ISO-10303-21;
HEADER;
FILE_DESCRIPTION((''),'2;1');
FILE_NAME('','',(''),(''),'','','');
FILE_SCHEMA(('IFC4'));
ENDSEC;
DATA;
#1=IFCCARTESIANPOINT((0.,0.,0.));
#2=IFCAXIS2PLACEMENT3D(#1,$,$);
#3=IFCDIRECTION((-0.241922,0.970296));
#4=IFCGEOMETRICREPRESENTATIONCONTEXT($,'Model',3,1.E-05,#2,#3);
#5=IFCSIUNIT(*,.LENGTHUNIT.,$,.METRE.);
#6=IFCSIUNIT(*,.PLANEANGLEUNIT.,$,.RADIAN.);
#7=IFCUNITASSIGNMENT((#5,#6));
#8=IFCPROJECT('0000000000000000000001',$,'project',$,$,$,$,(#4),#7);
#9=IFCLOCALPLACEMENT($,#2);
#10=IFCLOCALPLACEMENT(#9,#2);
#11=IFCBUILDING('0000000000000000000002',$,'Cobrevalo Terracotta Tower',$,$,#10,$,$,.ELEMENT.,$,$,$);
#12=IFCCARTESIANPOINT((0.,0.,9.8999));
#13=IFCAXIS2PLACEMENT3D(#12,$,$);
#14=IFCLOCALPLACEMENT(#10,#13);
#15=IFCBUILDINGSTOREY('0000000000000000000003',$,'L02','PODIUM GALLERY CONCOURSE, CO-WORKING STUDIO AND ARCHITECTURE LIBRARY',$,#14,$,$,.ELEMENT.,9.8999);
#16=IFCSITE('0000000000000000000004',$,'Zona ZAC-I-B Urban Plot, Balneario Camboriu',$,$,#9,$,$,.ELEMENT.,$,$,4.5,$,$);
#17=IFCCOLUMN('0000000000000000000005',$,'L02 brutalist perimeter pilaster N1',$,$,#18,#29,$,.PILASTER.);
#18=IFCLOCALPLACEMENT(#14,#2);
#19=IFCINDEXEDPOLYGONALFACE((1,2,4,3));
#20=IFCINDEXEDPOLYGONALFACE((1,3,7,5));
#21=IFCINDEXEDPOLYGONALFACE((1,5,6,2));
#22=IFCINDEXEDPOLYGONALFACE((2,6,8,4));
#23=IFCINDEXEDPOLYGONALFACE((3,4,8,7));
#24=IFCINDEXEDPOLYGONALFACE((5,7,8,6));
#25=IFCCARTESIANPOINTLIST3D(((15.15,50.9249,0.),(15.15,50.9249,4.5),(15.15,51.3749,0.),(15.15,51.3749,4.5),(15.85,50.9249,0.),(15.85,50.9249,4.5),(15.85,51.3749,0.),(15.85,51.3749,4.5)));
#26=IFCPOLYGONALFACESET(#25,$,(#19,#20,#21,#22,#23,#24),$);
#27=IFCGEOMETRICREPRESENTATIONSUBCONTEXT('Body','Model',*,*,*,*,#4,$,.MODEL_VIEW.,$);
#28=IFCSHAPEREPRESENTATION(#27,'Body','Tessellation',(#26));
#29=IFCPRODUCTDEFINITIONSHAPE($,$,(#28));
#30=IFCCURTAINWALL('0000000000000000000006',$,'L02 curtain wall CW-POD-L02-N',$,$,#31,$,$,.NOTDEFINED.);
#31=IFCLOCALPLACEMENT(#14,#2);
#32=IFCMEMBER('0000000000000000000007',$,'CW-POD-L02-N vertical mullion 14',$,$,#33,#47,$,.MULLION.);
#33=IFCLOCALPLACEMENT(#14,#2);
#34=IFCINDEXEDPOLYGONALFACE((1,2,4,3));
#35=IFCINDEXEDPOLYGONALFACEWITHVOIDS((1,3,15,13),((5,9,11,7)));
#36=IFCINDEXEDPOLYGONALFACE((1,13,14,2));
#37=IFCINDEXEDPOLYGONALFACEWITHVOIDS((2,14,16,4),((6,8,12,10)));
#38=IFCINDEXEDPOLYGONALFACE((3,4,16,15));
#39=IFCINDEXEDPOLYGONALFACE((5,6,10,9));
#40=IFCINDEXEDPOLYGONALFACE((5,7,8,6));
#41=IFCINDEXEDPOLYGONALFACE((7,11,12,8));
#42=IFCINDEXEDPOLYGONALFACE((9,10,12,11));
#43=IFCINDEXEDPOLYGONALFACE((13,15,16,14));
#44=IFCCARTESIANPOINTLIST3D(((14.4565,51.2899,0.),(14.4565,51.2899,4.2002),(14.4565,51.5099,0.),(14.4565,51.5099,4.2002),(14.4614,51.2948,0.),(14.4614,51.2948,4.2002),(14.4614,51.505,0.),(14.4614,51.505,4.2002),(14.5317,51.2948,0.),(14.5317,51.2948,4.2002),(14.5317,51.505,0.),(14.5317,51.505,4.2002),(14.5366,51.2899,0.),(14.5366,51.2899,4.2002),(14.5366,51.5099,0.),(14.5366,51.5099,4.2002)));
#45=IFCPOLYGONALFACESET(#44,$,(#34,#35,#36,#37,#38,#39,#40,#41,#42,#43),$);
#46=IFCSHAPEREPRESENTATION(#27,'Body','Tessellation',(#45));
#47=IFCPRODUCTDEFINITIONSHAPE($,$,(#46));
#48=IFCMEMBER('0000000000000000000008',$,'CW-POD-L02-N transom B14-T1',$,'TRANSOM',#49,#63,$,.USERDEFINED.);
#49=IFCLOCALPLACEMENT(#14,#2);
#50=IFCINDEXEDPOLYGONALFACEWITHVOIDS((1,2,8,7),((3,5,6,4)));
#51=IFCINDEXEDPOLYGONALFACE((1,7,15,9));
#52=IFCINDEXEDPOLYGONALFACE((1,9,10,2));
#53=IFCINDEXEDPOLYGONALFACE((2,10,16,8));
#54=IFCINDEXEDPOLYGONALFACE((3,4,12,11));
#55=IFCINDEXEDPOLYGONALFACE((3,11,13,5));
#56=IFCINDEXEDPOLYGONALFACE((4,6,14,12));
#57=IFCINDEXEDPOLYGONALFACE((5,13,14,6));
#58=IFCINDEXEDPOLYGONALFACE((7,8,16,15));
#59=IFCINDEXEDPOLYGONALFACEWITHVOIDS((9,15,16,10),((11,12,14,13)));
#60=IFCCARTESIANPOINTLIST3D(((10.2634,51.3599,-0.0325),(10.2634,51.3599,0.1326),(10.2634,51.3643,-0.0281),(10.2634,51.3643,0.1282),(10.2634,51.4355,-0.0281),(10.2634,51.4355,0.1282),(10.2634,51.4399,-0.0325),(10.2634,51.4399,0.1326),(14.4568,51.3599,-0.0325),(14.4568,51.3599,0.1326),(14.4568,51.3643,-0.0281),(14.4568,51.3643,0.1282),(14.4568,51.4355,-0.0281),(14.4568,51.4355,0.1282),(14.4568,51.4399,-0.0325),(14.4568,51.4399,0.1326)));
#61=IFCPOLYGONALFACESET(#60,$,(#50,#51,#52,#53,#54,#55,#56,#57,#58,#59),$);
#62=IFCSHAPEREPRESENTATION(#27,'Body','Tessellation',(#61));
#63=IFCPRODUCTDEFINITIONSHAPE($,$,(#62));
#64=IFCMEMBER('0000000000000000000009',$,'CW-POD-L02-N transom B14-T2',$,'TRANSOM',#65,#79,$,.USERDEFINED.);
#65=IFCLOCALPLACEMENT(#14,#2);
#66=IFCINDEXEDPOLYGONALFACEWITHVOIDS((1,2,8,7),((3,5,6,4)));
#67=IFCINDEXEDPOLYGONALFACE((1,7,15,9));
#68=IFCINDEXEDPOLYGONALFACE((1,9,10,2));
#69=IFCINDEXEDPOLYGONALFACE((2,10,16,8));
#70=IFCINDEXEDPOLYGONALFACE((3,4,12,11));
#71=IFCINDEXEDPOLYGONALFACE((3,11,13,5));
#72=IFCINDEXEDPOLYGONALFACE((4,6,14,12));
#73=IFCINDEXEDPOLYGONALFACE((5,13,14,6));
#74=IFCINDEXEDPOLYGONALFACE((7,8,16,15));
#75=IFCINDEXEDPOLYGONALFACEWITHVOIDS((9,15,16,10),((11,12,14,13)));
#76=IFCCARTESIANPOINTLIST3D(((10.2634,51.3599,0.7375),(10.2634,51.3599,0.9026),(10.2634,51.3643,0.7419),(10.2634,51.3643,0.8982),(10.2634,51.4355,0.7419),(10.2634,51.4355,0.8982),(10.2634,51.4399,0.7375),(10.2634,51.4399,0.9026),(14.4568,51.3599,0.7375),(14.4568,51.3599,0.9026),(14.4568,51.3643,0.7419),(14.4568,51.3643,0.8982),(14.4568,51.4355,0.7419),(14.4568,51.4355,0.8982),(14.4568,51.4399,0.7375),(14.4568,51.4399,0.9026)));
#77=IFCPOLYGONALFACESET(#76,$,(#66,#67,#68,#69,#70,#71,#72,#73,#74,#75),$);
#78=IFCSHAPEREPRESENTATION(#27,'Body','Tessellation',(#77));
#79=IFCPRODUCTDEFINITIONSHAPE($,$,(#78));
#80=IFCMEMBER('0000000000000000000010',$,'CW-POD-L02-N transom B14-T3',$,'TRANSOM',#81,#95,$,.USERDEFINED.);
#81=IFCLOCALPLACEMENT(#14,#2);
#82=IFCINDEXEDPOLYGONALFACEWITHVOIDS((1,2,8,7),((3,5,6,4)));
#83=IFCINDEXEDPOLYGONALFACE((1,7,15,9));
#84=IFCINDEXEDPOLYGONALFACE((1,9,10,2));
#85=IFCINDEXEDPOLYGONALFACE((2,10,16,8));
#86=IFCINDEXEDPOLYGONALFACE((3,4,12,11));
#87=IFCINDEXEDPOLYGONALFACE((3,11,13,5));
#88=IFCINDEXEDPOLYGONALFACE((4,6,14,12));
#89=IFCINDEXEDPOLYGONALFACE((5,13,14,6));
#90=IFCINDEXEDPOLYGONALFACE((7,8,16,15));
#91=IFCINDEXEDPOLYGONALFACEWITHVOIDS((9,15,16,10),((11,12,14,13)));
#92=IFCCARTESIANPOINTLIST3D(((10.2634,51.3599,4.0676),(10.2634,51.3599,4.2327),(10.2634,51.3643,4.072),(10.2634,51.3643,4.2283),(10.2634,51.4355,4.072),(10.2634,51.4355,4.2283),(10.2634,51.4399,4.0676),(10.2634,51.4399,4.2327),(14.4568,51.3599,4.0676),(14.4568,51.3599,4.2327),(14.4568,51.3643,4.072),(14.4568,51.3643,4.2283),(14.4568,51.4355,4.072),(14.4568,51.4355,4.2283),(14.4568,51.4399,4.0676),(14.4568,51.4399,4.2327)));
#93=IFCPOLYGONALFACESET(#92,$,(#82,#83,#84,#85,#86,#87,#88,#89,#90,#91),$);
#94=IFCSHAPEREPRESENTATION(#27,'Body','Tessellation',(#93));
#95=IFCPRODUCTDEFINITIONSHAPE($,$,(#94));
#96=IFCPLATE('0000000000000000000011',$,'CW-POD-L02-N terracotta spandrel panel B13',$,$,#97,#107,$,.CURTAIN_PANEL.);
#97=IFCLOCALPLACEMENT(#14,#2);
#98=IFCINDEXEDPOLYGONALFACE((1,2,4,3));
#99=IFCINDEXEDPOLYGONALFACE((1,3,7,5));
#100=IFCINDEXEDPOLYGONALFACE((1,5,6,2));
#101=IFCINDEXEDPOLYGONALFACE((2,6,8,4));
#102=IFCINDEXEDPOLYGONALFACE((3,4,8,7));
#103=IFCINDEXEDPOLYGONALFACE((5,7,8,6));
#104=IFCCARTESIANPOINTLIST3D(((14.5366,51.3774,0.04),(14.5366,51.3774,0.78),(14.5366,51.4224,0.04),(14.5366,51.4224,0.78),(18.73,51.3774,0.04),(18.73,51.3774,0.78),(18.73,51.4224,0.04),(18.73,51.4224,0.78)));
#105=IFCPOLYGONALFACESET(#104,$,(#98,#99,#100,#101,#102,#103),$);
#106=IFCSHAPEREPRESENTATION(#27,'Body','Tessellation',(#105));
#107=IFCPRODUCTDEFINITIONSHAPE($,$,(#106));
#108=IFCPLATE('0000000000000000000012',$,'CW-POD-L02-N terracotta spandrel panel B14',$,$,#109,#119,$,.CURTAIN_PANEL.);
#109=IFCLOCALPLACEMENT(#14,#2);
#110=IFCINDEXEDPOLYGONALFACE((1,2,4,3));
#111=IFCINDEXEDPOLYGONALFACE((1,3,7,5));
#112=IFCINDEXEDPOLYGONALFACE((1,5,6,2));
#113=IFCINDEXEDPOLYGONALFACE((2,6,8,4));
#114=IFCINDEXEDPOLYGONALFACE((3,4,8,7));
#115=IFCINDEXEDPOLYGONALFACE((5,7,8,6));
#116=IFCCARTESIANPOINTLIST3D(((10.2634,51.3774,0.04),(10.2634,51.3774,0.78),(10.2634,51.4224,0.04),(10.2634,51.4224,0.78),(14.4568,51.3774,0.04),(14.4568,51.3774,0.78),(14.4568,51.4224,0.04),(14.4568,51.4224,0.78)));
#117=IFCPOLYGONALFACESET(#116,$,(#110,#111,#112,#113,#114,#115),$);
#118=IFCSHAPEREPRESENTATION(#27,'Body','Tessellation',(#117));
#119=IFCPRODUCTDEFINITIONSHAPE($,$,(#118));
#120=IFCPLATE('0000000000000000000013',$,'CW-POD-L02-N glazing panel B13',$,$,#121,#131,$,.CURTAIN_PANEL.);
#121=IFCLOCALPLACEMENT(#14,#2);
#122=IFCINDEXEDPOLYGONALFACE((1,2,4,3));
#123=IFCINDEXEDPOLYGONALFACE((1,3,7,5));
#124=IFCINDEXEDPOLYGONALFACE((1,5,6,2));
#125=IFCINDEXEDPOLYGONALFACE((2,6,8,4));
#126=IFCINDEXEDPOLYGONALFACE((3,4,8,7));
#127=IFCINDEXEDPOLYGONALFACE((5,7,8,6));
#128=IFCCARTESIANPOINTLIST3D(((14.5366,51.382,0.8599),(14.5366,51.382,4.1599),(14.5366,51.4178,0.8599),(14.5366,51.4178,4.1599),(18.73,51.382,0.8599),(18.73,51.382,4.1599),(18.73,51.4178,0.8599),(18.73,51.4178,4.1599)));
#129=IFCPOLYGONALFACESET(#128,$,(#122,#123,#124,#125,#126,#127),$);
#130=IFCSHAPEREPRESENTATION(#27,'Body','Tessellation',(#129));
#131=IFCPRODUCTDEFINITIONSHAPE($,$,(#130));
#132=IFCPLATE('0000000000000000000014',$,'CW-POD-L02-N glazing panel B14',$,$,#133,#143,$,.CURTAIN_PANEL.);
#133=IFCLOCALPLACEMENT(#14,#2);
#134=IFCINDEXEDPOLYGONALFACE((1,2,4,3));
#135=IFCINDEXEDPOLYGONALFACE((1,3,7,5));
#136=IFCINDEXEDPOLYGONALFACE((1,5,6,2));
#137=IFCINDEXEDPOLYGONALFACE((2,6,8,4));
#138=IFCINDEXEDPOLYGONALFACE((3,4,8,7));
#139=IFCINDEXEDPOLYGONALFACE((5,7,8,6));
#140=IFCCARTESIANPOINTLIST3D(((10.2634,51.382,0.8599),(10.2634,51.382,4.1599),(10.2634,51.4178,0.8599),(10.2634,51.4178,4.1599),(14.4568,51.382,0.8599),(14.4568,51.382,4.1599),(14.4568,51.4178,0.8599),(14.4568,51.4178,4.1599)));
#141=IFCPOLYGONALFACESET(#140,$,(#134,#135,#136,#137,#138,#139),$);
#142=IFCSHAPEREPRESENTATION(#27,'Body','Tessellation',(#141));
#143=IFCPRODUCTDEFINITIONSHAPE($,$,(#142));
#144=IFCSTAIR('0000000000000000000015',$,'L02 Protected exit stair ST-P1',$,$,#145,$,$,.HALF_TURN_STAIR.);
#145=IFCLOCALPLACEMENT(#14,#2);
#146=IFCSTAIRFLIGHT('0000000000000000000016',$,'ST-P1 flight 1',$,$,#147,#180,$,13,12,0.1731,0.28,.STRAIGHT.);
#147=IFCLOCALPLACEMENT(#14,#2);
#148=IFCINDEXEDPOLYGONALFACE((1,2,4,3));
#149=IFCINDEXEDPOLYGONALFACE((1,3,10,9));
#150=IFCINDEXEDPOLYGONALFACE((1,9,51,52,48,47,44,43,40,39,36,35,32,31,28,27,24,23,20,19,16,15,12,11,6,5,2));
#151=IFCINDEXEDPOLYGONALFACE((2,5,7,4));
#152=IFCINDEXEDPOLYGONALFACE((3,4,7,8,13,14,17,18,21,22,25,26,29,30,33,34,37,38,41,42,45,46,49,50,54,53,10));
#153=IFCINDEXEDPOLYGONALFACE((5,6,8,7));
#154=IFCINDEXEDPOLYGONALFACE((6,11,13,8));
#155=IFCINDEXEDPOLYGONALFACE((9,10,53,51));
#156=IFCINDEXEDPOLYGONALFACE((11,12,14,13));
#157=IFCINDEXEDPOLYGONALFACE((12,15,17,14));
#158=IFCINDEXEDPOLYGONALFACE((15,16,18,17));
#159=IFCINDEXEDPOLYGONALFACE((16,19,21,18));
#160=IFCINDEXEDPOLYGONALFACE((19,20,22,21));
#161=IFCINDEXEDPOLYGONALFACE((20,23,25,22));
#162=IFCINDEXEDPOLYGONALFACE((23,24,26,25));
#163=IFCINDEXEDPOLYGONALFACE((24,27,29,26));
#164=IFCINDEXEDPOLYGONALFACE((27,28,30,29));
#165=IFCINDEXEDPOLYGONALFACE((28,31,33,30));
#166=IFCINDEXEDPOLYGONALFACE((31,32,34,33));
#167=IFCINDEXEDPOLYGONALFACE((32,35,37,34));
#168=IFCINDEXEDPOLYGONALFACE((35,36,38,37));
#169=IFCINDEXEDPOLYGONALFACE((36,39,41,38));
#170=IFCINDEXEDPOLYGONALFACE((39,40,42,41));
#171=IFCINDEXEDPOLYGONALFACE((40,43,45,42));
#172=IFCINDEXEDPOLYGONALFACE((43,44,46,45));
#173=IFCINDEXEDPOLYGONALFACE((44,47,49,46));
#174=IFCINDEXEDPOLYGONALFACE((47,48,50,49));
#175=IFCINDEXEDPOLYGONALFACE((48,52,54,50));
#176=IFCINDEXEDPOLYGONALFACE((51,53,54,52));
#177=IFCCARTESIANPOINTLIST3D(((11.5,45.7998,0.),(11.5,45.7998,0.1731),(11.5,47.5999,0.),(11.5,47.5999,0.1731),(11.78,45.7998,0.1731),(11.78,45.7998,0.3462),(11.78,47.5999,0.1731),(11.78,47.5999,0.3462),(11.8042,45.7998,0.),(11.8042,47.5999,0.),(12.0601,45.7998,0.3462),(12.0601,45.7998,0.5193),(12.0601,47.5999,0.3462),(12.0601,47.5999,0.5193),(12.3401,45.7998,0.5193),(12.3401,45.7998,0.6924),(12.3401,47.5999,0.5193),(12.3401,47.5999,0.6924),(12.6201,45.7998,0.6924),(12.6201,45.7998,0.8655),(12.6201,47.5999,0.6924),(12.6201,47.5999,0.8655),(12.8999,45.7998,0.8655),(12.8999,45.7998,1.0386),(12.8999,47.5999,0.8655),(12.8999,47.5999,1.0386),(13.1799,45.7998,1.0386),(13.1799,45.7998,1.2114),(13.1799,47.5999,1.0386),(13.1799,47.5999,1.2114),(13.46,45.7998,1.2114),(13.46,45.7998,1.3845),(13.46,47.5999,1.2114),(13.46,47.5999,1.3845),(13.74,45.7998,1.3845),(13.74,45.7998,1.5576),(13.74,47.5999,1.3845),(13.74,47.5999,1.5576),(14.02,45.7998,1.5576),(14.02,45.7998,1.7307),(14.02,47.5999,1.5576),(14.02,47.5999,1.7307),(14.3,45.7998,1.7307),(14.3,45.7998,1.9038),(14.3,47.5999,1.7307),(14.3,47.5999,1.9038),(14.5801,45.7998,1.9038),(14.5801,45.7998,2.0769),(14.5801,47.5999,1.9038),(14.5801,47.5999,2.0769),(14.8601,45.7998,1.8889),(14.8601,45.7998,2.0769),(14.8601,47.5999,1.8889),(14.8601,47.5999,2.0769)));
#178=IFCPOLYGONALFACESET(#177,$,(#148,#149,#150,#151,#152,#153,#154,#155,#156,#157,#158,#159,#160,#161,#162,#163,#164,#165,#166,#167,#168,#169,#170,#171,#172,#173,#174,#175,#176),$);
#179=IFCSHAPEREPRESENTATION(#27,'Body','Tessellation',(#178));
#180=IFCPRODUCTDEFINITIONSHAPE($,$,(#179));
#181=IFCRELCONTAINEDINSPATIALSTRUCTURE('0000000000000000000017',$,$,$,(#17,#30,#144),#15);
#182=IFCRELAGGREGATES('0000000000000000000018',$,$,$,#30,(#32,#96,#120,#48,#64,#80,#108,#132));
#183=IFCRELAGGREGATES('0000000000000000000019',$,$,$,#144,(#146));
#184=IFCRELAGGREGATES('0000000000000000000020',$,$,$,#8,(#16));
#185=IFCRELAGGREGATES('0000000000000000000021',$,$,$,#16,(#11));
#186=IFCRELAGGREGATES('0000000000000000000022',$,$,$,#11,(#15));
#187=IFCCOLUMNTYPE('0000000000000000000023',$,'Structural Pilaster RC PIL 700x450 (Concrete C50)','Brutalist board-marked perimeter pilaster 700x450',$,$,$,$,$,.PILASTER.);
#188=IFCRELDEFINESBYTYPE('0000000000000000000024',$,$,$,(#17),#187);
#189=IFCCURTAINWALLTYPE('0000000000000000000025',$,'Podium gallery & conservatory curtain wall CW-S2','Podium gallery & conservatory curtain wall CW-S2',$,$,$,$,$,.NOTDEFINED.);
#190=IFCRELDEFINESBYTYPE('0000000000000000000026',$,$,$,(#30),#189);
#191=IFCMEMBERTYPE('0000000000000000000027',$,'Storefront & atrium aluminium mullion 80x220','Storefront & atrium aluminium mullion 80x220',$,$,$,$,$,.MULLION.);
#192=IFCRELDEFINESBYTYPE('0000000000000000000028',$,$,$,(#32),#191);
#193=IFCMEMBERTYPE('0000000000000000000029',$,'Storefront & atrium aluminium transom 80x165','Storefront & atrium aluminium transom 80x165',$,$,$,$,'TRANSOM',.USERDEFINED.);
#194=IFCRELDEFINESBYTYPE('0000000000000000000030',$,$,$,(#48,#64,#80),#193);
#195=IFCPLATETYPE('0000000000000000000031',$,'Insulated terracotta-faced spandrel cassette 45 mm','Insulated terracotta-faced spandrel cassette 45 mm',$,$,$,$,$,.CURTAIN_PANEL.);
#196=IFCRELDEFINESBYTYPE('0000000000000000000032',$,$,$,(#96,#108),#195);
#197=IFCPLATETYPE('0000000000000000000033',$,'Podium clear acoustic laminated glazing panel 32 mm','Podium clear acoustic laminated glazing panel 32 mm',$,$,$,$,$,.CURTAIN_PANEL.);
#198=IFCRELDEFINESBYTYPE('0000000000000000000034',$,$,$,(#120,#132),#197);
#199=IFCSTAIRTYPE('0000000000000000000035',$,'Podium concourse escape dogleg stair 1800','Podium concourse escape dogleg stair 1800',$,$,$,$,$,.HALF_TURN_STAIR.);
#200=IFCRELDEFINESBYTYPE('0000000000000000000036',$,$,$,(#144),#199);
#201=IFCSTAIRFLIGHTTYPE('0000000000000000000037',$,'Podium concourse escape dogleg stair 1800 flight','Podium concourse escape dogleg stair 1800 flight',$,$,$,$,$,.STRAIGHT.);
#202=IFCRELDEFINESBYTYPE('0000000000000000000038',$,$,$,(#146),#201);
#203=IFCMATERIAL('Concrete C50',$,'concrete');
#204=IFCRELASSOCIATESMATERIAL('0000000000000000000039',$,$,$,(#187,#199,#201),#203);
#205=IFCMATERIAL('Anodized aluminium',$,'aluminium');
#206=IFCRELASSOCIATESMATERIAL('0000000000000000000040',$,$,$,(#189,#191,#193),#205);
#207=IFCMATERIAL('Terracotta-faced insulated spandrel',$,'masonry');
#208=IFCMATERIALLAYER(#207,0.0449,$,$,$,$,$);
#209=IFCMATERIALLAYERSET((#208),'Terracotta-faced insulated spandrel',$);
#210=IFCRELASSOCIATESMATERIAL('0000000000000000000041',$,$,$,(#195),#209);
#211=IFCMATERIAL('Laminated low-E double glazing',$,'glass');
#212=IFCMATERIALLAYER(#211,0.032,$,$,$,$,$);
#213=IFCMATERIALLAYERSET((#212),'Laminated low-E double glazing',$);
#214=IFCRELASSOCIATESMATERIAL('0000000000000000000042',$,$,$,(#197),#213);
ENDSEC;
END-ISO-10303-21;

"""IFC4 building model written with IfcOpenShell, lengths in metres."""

from ifc_helpers import new_model, si_unit, direction, frame, origin, origin_2d, place, context, subcontext, project, spatial, polyline, rectangle, hollow_rectangle, outline, extrude, source, transform, mapped, material, layer, layer_set, material_profile, profile_set, type_object, element, aggregate, save


model = new_model("IFC4")

# Units and contexts
model_context = context("Model", 3, precision=1e-05, world=origin(), true_north=direction((-0.241922, 0.970296)))
body_context = subcontext(model_context, "Body", "Model", "MODEL_VIEW")
ifc_project = project(units=[si_unit("LENGTHUNIT", "METRE"), si_unit("PLANEANGLEUNIT", "RADIAN")], contexts=[model_context])

# Site, building, storey
site_placement = place(None, origin())
site = spatial("IfcSite", under=ifc_project, at=site_placement, Name="Zona ZAC-I-B Urban Plot, Balneario Camboriu", CompositionType="ELEMENT", RefElevation=4.5)
building_placement = place(site_placement, origin())
building = spatial("IfcBuilding", under=site, at=building_placement, Name="Cobrevalo Terracotta Tower", CompositionType="ELEMENT")
storey_placement = place(building_placement, frame((0.0, 0.0, 9.8999)))
storey = spatial("IfcBuildingStorey", under=building, at=storey_placement, Name="L02", Description="PODIUM GALLERY CONCOURSE, CO-WORKING STUDIO AND ARCHITECTURE LIBRARY", CompositionType="ELEMENT", Elevation=9.8999)

# Column
ifc_material_1 = material(Name="Concrete C50", Category="concrete")
ifc_material_profile_1 = material_profile(ifc_material_1, rectangle(XDim=0.7, YDim=0.45, at=origin_2d()), Name="RC PIL 700x450")
ifc_profile_set_1 = profile_set([ifc_material_profile_1], Name="Concrete C50")
column_type = type_object("IfcColumnType", Name="Structural Pilaster RC PIL 700x450 (Concrete C50)", Description="Brutalist board-marked perimeter pilaster 700x450", PredefinedType="PILASTER", material=ifc_profile_set_1)
column_placement = place(storey_placement, frame((15.5, 51.1499, 0.0), z_axis=(0.0, 0.0, 1.0), x_axis=(1.0, 0.0, 0.0)))
element("IfcColumn", 1, at=column_placement, inside=storey, type_object=column_type, Name="L02 brutalist perimeter pilaster N1", PredefinedType="PILASTER", context=body_context, shape_type="SweptSolid", body=[
    extrude(rectangle(XDim=0.7, YDim=0.45, at=origin_2d()), origin(), (0.0, 0.0, 1.0), 4.5),
])

# Curtain wall, members, plates
ifc_material_2 = material(Name="Anodized aluminium", Category="aluminium")
curtain_wall_type = type_object("IfcCurtainWallType", Name="Podium gallery & conservatory curtain wall CW-S2", Description="Podium gallery & conservatory curtain wall CW-S2", PredefinedType="NOTDEFINED", material=ifc_material_2)
curtain_wall_placement = place(storey_placement, origin())
curtain_wall = element("IfcCurtainWall", 2, at=curtain_wall_placement, inside=storey, type_object=curtain_wall_type, Name="L02 curtain wall CW-POD-L02-N", PredefinedType="NOTDEFINED")
ifc_material_profile_2 = material_profile(ifc_material_2, hollow_rectangle(XDim=0.0801, YDim=0.22, WallThickness=0.0049, at=origin_2d()), Name="CWM 80x220")
ifc_profile_set_2 = profile_set([ifc_material_profile_2], Name="Anodized aluminium")
member_type_1 = type_object("IfcMemberType", Name="Storefront & atrium aluminium mullion 80x220", Description="Storefront & atrium aluminium mullion 80x220", PredefinedType="MULLION", material=ifc_profile_set_2)
shared_shape_1 = source(origin(), body_context, "Body", "SweptSolid", [
    extrude(hollow_rectangle(XDim=0.0801, YDim=0.22, WallThickness=0.0049, at=origin_2d()), origin(), (0.0, 0.0, 1.0), 4.2002),
])
member_1_placement = place(storey_placement, frame((14.4966, 51.3999, 0.0), z_axis=(0.0, 0.0, 1.0), x_axis=(-1.0, 0.0, 0.0)))
member_1 = element("IfcMember", 3, at=member_1_placement, type_object=member_type_1, Name="CW-POD-L02-N vertical mullion 14", PredefinedType="MULLION", context=body_context, shape_type="MappedRepresentation", body=[
    mapped(shared_shape_1, transform((0.0, 0.0, 0.0), scale=1.0)),
])
ifc_material_profile_3 = material_profile(ifc_material_2, hollow_rectangle(XDim=0.0801, YDim=0.165, WallThickness=0.0044, at=origin_2d()), Name="CWT 80x165")
ifc_profile_set_3 = profile_set([ifc_material_profile_3], Name="Anodized aluminium")
member_type_2 = type_object("IfcMemberType", Name="Storefront & atrium aluminium transom 80x165", Description="Storefront & atrium aluminium transom 80x165", ElementType="TRANSOM", PredefinedType="USERDEFINED", material=ifc_profile_set_3)
shared_shape_2 = source(origin(), body_context, "Body", "SweptSolid", [
    extrude(hollow_rectangle(XDim=0.0801, YDim=0.165, WallThickness=0.0044, at=origin_2d()), origin(), (0.0, 0.0, 1.0), 4.1934),
])
member_2_placement = place(storey_placement, frame((14.4568, 51.3999, 0.05), z_axis=(-1.0, 0.0, 0.0), x_axis=(0.0, -1.0, 0.0)))
member_2 = element("IfcMember", 4, at=member_2_placement, type_object=member_type_2, Name="CW-POD-L02-N transom B14-T1", ObjectType="TRANSOM", PredefinedType="USERDEFINED", context=body_context, shape_type="MappedRepresentation", body=[
    mapped(shared_shape_2, transform((0.0, 0.0, 0.0), scale=1.0)),
])
member_3_placement = place(storey_placement, frame((14.4568, 51.3999, 0.8201), z_axis=(-1.0, 0.0, 0.0), x_axis=(0.0, -1.0, 0.0)))
member_3 = element("IfcMember", 5, at=member_3_placement, type_object=member_type_2, Name="CW-POD-L02-N transom B14-T2", ObjectType="TRANSOM", PredefinedType="USERDEFINED", context=body_context, shape_type="MappedRepresentation", body=[
    mapped(shared_shape_2, transform((0.0, 0.0, 0.0), scale=1.0)),
])
member_4_placement = place(storey_placement, frame((14.4568, 51.3999, 4.1501), z_axis=(-1.0, 0.0, 0.0), x_axis=(0.0, -1.0, 0.0)))
member_4 = element("IfcMember", 6, at=member_4_placement, type_object=member_type_2, Name="CW-POD-L02-N transom B14-T3", ObjectType="TRANSOM", PredefinedType="USERDEFINED", context=body_context, shape_type="MappedRepresentation", body=[
    mapped(shared_shape_2, transform((0.0, 0.0, 0.0), scale=1.0)),
])
ifc_material_3 = material(Name="Terracotta-faced insulated spandrel", Category="masonry")
ifc_layer_1 = layer(ifc_material_3, 0.0449)
ifc_layer_set_1 = layer_set([ifc_layer_1], Name="Terracotta-faced insulated spandrel")
plate_type_1 = type_object("IfcPlateType", Name="Insulated terracotta-faced spandrel cassette 45 mm", Description="Insulated terracotta-faced spandrel cassette 45 mm", PredefinedType="CURTAIN_PANEL", material=ifc_layer_set_1)
shared_shape_3 = source(origin(), body_context, "Body", "SweptSolid", [
    extrude(rectangle(XDim=4.1934, YDim=0.0449, at=origin_2d()), origin(), (0.0, 0.0, 1.0), 0.74),
])
plate_1_placement = place(storey_placement, frame((16.6333, 51.3999, 0.04), z_axis=(0.0, 0.0, 1.0), x_axis=(-1.0, 0.0, 0.0)))
plate_1 = element("IfcPlate", 7, at=plate_1_placement, type_object=plate_type_1, Name="CW-POD-L02-N terracotta spandrel panel B13", PredefinedType="CURTAIN_PANEL", context=body_context, shape_type="MappedRepresentation", body=[
    mapped(shared_shape_3, transform((0.0, 0.0, 0.0), scale=1.0)),
])
plate_2_placement = place(storey_placement, frame((12.3601, 51.3999, 0.04), z_axis=(0.0, 0.0, 1.0), x_axis=(-1.0, 0.0, 0.0)))
plate_2 = element("IfcPlate", 8, at=plate_2_placement, type_object=plate_type_1, Name="CW-POD-L02-N terracotta spandrel panel B14", PredefinedType="CURTAIN_PANEL", context=body_context, shape_type="MappedRepresentation", body=[
    mapped(shared_shape_3, transform((0.0, 0.0, 0.0), scale=1.0)),
])
ifc_material_4 = material(Name="Laminated low-E double glazing", Category="glass")
ifc_layer_2 = layer(ifc_material_4, 0.032)
ifc_layer_set_2 = layer_set([ifc_layer_2], Name="Laminated low-E double glazing")
plate_type_2 = type_object("IfcPlateType", Name="Podium clear acoustic laminated glazing panel 32 mm", Description="Podium clear acoustic laminated glazing panel 32 mm", PredefinedType="CURTAIN_PANEL", material=ifc_layer_set_2)
shared_shape_4 = source(origin(), body_context, "Body", "SweptSolid", [
    extrude(rectangle(XDim=4.1934, YDim=0.0359, at=origin_2d()), origin(), (0.0, 0.0, 1.0), 3.3),
])
plate_3_placement = place(storey_placement, frame((16.6333, 51.3999, 0.8599), z_axis=(0.0, 0.0, 1.0), x_axis=(-1.0, 0.0, 0.0)))
plate_3 = element("IfcPlate", 9, at=plate_3_placement, type_object=plate_type_2, Name="CW-POD-L02-N glazing panel B13", PredefinedType="CURTAIN_PANEL", context=body_context, shape_type="MappedRepresentation", body=[
    mapped(shared_shape_4, transform((0.0, 0.0, 0.0), scale=1.0)),
])
plate_4_placement = place(storey_placement, frame((12.3601, 51.3999, 0.8599), z_axis=(0.0, 0.0, 1.0), x_axis=(-1.0, 0.0, 0.0)))
plate_4 = element("IfcPlate", 10, at=plate_4_placement, type_object=plate_type_2, Name="CW-POD-L02-N glazing panel B14", PredefinedType="CURTAIN_PANEL", context=body_context, shape_type="MappedRepresentation", body=[
    mapped(shared_shape_4, transform((0.0, 0.0, 0.0), scale=1.0)),
])
aggregate(curtain_wall, [member_1, plate_1, plate_3, member_2, member_3, member_4, plate_2, plate_4])

# Stair, stair flight
stair_type = type_object("IfcStairType", Name="Podium concourse escape dogleg stair 1800", Description="Podium concourse escape dogleg stair 1800", PredefinedType="HALF_TURN_STAIR", material=ifc_material_1)
stair_placement = place(storey_placement, origin())
stair = element("IfcStair", 11, at=stair_placement, inside=storey, type_object=stair_type, Name="L02 Protected exit stair ST-P1", PredefinedType="HALF_TURN_STAIR")
stair_flight_type = type_object("IfcStairFlightType", Name="Podium concourse escape dogleg stair 1800 flight", Description="Podium concourse escape dogleg stair 1800 flight", PredefinedType="STRAIGHT", material=ifc_material_1)
stair_flight_1_placement = place(storey_placement, frame((11.5, 46.7, 0.0), z_axis=(0.0, 0.0, 1.0), x_axis=(1.0, 0.0, 0.0)))
stair_flight_1 = element("IfcStairFlight", 12, at=stair_flight_1_placement, type_object=stair_flight_type, Name="ST-P1 flight 1", NumberOfRisers=13, NumberOfTreads=12, PredefinedType="STRAIGHT", RiserHeight=0.1731, TreadLength=0.28, context=body_context, shape_type="SweptSolid", body=[
    extrude(outline(polyline([(0.0, 0.0), (0.0, 0.1731), (0.28, 0.1731), (0.28, 0.3462), (0.5601, 0.3462), (0.5601, 0.5193), (0.8401, 0.5193), (0.8401, 0.6924), (1.1201, 0.6924), (1.1201, 0.8655), (1.3999, 0.8655), (1.3999, 1.0386), (1.6799, 1.0386), (1.6799, 1.2114), (1.96, 1.2114), (1.96, 1.3845), (2.24, 1.3845), (2.24, 1.5576), (2.52, 1.5576), (2.52, 1.7307), (2.8, 1.7307), (2.8, 1.9038), (3.0801, 1.9038), (3.0801, 2.0769), (3.3601, 2.0769), (3.3601, 2.25), (3.3601, 1.8889), (0.3042, 0.0), (0.0, 0.0)])), frame((0.0, 0.8999, 0.0), z_axis=(0.0, -1.0, 0.0), x_axis=(1.0, 0.0, 0.0)), (0.0, 0.0, 1.0), 1.8),
])
aggregate(stair, [stair_flight_1])

save(model, "model.ifc")
